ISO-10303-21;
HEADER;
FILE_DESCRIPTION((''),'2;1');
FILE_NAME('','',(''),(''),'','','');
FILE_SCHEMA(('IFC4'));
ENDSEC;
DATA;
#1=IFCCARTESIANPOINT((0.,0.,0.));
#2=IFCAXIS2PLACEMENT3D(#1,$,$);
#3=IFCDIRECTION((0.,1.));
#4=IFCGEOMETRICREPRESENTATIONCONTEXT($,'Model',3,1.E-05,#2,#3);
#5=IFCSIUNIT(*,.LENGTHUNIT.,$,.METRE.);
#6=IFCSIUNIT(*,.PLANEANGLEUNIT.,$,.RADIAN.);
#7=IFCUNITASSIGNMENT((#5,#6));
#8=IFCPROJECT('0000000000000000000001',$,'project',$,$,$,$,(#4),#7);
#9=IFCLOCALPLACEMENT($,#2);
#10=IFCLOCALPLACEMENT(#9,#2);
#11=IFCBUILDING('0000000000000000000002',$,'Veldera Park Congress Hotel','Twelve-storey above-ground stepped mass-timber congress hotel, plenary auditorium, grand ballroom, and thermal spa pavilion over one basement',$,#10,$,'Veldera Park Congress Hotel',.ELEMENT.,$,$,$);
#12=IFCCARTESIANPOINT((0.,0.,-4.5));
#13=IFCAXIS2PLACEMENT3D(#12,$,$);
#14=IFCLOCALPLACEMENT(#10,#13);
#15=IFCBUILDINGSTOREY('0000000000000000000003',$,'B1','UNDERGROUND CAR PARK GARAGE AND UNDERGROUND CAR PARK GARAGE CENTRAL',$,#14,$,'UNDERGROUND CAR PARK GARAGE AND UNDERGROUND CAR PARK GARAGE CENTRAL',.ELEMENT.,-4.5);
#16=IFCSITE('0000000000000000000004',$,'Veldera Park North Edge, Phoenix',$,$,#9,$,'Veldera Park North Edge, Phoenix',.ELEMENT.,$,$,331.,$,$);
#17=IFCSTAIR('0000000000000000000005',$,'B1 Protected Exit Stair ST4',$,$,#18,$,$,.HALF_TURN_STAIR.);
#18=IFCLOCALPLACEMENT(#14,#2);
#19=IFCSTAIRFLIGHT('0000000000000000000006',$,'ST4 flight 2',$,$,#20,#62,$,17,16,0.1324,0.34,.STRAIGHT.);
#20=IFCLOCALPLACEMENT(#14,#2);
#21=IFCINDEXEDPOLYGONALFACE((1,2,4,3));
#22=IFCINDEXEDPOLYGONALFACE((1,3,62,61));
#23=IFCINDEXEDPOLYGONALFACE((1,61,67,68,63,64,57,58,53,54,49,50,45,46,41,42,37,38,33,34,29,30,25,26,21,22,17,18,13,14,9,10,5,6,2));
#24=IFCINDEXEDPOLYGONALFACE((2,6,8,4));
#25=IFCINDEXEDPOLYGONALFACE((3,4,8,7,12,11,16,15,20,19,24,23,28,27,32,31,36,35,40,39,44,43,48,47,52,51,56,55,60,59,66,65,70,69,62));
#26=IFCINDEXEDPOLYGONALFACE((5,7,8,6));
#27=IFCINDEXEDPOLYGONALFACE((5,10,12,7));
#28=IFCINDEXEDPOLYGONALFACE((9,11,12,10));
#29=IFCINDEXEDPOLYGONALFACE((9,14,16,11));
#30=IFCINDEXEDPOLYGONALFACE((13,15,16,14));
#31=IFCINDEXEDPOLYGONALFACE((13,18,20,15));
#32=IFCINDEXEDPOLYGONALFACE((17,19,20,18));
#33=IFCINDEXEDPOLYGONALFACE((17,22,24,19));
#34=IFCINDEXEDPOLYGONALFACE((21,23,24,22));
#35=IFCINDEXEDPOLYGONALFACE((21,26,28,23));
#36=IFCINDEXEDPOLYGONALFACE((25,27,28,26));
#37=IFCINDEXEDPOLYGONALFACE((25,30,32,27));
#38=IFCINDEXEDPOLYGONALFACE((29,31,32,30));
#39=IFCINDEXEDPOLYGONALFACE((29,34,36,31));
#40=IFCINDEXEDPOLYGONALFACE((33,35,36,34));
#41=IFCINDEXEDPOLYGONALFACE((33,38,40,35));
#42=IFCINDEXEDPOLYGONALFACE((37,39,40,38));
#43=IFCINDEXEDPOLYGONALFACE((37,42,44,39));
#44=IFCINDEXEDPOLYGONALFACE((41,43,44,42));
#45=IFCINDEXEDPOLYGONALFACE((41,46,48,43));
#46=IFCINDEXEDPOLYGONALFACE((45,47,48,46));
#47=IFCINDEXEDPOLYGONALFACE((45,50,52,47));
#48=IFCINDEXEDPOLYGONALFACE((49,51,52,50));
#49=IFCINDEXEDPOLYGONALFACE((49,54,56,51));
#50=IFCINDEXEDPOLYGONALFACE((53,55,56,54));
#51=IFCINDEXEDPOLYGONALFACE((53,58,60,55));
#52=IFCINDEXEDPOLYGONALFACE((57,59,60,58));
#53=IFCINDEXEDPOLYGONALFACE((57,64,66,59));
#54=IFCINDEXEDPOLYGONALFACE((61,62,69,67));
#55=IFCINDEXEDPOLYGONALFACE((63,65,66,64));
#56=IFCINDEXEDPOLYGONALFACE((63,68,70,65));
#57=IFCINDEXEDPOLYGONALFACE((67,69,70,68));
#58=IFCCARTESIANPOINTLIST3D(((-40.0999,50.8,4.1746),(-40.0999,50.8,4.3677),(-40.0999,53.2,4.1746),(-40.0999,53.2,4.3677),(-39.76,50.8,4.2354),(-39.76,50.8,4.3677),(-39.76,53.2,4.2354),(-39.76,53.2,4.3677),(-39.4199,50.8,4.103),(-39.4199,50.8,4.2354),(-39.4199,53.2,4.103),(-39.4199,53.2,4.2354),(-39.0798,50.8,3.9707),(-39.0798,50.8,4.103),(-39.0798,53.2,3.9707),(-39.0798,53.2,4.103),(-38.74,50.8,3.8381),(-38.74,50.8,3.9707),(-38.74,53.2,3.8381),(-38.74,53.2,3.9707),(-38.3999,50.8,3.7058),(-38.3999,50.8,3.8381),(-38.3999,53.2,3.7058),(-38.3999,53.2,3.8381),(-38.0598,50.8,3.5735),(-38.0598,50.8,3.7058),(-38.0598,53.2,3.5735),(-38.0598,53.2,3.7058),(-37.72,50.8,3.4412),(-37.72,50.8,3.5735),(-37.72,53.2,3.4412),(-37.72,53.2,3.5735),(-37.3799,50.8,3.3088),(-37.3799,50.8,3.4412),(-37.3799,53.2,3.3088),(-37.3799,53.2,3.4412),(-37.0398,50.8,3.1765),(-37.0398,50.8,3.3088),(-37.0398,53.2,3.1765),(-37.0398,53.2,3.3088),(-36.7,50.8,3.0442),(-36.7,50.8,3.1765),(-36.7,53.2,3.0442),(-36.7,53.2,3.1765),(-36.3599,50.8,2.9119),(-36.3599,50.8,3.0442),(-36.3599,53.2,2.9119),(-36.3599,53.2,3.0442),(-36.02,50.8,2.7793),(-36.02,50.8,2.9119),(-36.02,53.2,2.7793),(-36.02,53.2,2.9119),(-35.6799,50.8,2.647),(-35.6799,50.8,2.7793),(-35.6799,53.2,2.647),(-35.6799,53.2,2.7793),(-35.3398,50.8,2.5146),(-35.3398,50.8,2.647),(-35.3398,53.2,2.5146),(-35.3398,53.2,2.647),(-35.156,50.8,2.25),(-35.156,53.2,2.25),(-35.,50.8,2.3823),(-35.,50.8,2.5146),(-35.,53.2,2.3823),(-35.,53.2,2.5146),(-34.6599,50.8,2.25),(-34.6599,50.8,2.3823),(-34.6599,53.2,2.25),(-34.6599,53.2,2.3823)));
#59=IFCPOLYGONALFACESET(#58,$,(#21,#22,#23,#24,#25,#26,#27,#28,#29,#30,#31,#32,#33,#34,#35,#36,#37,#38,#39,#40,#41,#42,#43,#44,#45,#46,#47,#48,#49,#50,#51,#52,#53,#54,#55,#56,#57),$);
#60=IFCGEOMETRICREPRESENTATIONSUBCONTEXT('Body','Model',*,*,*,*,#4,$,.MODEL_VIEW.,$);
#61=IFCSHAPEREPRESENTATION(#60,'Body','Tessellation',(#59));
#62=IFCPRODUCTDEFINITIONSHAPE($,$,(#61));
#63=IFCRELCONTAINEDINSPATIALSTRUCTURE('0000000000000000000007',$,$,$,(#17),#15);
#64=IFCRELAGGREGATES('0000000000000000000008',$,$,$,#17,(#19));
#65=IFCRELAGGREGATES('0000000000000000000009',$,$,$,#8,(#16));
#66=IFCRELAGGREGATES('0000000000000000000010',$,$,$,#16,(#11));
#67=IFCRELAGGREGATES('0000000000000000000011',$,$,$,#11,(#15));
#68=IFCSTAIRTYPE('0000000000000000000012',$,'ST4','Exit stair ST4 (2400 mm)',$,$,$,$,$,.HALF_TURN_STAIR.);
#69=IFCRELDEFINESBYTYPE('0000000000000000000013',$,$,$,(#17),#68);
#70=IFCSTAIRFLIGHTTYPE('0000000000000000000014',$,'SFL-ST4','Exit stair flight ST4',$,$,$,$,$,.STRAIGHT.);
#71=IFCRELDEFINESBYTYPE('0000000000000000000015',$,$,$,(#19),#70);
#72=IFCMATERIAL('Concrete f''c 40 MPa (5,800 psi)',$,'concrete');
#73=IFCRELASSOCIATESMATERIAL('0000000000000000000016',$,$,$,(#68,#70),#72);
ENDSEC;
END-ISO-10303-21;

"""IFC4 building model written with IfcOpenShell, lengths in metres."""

from ifc_helpers import new_model, si_unit, direction, frame, origin, place, context, subcontext, project, spatial, polyline, outline, extrude, material, type_object, element, aggregate, save


model = new_model("IFC4")

# Units and contexts
model_context = context("Model", 3, precision=1e-05, world=origin(), true_north=direction((0.0, 1.0)))
body_context = subcontext(model_context, "Body", "Model", "MODEL_VIEW")
ifc_project = project(units=[si_unit("LENGTHUNIT", "METRE"), si_unit("PLANEANGLEUNIT", "RADIAN")], contexts=[model_context])

# Site, building, storey
site_placement = place(None, origin())
site = spatial("IfcSite", under=ifc_project, at=site_placement, Name="Veldera Park North Edge, Phoenix", LongName="Veldera Park North Edge, Phoenix", CompositionType="ELEMENT", RefElevation=331.0)
building_placement = place(site_placement, origin())
building = spatial("IfcBuilding", under=site, at=building_placement, Name="Veldera Park Congress Hotel", Description="Twelve-storey above-ground stepped mass-timber congress hotel, plenary auditorium, grand ballroom, and thermal spa pavilion over one basement", LongName="Veldera Park Congress Hotel", CompositionType="ELEMENT")
storey_placement = place(building_placement, frame((0.0, 0.0, -4.5)))
storey = spatial("IfcBuildingStorey", under=building, at=storey_placement, Name="B1", Description="UNDERGROUND CAR PARK GARAGE AND UNDERGROUND CAR PARK GARAGE CENTRAL", LongName="UNDERGROUND CAR PARK GARAGE AND UNDERGROUND CAR PARK GARAGE CENTRAL", CompositionType="ELEMENT", Elevation=-4.5)

# Shared definitions
ifc_material_1 = material(Name="Concrete f'c 40 MPa (5,800 psi)", Category="concrete")

# Stair, stair flight
stair_type = type_object("IfcStairType", Name="ST4", Description="Exit stair ST4 (2400 mm)", PredefinedType="HALF_TURN_STAIR", material=ifc_material_1)
stair_placement = place(storey_placement, origin())
stair = element("IfcStair", 1, at=stair_placement, inside=storey, type_object=stair_type, Name="B1 Protected Exit Stair ST4", PredefinedType="HALF_TURN_STAIR")
stair_flight_type = type_object("IfcStairFlightType", Name="SFL-ST4", Description="Exit stair flight ST4", PredefinedType="STRAIGHT", material=ifc_material_1)
stair_flight_1_placement = place(storey_placement, frame((-34.6599, 52.0, 2.25), z_axis=(0.0, 0.0, 1.0), x_axis=(-1.0, 0.0, 0.0)))
stair_flight_1 = element("IfcStairFlight", 2, at=stair_flight_1_placement, type_object=stair_flight_type, Name="ST4 flight 2", NumberOfRisers=17, NumberOfTreads=16, PredefinedType="STRAIGHT", RiserHeight=0.1324, TreadLength=0.34, context=body_context, shape_type="SweptSolid", body=[
    extrude(outline(polyline([(0.0, 0.0), (0.0, 0.1323), (0.3401, 0.1323), (0.3401, 0.2646), (0.6799, 0.2646), (0.6799, 0.397), (1.02, 0.397), (1.02, 0.5293), (1.3601, 0.5293), (1.3601, 0.6619), (1.7, 0.6619), (1.7, 0.7942), (2.04, 0.7942), (2.04, 0.9265), (2.3799, 0.9265), (2.3799, 1.0588), (2.72, 1.0588), (2.72, 1.1912), (3.0601, 1.1912), (3.0601, 1.3235), (3.3999, 1.3235), (3.3999, 1.4558), (3.74, 1.4558), (3.74, 1.5881), (4.0801, 1.5881), (4.0801, 1.7207), (4.4199, 1.7207), (4.4199, 1.853), (4.76, 1.853), (4.76, 1.9854), (5.1001, 1.9854), (5.1001, 2.1177), (5.4399, 2.1177), (5.4399, 2.25), (5.4399, 2.25), (5.4399, 1.9246), (0.4961, 0.0), (0.0, 0.0)])), frame((0.0, 1.2, 0.0), z_axis=(0.0, -1.0, 0.0), x_axis=(1.0, 0.0, 0.0)), (0.0, 0.0, 1.0), 2.3999),
])
aggregate(stair, [stair_flight_1])

save(model, "model.ifc")
